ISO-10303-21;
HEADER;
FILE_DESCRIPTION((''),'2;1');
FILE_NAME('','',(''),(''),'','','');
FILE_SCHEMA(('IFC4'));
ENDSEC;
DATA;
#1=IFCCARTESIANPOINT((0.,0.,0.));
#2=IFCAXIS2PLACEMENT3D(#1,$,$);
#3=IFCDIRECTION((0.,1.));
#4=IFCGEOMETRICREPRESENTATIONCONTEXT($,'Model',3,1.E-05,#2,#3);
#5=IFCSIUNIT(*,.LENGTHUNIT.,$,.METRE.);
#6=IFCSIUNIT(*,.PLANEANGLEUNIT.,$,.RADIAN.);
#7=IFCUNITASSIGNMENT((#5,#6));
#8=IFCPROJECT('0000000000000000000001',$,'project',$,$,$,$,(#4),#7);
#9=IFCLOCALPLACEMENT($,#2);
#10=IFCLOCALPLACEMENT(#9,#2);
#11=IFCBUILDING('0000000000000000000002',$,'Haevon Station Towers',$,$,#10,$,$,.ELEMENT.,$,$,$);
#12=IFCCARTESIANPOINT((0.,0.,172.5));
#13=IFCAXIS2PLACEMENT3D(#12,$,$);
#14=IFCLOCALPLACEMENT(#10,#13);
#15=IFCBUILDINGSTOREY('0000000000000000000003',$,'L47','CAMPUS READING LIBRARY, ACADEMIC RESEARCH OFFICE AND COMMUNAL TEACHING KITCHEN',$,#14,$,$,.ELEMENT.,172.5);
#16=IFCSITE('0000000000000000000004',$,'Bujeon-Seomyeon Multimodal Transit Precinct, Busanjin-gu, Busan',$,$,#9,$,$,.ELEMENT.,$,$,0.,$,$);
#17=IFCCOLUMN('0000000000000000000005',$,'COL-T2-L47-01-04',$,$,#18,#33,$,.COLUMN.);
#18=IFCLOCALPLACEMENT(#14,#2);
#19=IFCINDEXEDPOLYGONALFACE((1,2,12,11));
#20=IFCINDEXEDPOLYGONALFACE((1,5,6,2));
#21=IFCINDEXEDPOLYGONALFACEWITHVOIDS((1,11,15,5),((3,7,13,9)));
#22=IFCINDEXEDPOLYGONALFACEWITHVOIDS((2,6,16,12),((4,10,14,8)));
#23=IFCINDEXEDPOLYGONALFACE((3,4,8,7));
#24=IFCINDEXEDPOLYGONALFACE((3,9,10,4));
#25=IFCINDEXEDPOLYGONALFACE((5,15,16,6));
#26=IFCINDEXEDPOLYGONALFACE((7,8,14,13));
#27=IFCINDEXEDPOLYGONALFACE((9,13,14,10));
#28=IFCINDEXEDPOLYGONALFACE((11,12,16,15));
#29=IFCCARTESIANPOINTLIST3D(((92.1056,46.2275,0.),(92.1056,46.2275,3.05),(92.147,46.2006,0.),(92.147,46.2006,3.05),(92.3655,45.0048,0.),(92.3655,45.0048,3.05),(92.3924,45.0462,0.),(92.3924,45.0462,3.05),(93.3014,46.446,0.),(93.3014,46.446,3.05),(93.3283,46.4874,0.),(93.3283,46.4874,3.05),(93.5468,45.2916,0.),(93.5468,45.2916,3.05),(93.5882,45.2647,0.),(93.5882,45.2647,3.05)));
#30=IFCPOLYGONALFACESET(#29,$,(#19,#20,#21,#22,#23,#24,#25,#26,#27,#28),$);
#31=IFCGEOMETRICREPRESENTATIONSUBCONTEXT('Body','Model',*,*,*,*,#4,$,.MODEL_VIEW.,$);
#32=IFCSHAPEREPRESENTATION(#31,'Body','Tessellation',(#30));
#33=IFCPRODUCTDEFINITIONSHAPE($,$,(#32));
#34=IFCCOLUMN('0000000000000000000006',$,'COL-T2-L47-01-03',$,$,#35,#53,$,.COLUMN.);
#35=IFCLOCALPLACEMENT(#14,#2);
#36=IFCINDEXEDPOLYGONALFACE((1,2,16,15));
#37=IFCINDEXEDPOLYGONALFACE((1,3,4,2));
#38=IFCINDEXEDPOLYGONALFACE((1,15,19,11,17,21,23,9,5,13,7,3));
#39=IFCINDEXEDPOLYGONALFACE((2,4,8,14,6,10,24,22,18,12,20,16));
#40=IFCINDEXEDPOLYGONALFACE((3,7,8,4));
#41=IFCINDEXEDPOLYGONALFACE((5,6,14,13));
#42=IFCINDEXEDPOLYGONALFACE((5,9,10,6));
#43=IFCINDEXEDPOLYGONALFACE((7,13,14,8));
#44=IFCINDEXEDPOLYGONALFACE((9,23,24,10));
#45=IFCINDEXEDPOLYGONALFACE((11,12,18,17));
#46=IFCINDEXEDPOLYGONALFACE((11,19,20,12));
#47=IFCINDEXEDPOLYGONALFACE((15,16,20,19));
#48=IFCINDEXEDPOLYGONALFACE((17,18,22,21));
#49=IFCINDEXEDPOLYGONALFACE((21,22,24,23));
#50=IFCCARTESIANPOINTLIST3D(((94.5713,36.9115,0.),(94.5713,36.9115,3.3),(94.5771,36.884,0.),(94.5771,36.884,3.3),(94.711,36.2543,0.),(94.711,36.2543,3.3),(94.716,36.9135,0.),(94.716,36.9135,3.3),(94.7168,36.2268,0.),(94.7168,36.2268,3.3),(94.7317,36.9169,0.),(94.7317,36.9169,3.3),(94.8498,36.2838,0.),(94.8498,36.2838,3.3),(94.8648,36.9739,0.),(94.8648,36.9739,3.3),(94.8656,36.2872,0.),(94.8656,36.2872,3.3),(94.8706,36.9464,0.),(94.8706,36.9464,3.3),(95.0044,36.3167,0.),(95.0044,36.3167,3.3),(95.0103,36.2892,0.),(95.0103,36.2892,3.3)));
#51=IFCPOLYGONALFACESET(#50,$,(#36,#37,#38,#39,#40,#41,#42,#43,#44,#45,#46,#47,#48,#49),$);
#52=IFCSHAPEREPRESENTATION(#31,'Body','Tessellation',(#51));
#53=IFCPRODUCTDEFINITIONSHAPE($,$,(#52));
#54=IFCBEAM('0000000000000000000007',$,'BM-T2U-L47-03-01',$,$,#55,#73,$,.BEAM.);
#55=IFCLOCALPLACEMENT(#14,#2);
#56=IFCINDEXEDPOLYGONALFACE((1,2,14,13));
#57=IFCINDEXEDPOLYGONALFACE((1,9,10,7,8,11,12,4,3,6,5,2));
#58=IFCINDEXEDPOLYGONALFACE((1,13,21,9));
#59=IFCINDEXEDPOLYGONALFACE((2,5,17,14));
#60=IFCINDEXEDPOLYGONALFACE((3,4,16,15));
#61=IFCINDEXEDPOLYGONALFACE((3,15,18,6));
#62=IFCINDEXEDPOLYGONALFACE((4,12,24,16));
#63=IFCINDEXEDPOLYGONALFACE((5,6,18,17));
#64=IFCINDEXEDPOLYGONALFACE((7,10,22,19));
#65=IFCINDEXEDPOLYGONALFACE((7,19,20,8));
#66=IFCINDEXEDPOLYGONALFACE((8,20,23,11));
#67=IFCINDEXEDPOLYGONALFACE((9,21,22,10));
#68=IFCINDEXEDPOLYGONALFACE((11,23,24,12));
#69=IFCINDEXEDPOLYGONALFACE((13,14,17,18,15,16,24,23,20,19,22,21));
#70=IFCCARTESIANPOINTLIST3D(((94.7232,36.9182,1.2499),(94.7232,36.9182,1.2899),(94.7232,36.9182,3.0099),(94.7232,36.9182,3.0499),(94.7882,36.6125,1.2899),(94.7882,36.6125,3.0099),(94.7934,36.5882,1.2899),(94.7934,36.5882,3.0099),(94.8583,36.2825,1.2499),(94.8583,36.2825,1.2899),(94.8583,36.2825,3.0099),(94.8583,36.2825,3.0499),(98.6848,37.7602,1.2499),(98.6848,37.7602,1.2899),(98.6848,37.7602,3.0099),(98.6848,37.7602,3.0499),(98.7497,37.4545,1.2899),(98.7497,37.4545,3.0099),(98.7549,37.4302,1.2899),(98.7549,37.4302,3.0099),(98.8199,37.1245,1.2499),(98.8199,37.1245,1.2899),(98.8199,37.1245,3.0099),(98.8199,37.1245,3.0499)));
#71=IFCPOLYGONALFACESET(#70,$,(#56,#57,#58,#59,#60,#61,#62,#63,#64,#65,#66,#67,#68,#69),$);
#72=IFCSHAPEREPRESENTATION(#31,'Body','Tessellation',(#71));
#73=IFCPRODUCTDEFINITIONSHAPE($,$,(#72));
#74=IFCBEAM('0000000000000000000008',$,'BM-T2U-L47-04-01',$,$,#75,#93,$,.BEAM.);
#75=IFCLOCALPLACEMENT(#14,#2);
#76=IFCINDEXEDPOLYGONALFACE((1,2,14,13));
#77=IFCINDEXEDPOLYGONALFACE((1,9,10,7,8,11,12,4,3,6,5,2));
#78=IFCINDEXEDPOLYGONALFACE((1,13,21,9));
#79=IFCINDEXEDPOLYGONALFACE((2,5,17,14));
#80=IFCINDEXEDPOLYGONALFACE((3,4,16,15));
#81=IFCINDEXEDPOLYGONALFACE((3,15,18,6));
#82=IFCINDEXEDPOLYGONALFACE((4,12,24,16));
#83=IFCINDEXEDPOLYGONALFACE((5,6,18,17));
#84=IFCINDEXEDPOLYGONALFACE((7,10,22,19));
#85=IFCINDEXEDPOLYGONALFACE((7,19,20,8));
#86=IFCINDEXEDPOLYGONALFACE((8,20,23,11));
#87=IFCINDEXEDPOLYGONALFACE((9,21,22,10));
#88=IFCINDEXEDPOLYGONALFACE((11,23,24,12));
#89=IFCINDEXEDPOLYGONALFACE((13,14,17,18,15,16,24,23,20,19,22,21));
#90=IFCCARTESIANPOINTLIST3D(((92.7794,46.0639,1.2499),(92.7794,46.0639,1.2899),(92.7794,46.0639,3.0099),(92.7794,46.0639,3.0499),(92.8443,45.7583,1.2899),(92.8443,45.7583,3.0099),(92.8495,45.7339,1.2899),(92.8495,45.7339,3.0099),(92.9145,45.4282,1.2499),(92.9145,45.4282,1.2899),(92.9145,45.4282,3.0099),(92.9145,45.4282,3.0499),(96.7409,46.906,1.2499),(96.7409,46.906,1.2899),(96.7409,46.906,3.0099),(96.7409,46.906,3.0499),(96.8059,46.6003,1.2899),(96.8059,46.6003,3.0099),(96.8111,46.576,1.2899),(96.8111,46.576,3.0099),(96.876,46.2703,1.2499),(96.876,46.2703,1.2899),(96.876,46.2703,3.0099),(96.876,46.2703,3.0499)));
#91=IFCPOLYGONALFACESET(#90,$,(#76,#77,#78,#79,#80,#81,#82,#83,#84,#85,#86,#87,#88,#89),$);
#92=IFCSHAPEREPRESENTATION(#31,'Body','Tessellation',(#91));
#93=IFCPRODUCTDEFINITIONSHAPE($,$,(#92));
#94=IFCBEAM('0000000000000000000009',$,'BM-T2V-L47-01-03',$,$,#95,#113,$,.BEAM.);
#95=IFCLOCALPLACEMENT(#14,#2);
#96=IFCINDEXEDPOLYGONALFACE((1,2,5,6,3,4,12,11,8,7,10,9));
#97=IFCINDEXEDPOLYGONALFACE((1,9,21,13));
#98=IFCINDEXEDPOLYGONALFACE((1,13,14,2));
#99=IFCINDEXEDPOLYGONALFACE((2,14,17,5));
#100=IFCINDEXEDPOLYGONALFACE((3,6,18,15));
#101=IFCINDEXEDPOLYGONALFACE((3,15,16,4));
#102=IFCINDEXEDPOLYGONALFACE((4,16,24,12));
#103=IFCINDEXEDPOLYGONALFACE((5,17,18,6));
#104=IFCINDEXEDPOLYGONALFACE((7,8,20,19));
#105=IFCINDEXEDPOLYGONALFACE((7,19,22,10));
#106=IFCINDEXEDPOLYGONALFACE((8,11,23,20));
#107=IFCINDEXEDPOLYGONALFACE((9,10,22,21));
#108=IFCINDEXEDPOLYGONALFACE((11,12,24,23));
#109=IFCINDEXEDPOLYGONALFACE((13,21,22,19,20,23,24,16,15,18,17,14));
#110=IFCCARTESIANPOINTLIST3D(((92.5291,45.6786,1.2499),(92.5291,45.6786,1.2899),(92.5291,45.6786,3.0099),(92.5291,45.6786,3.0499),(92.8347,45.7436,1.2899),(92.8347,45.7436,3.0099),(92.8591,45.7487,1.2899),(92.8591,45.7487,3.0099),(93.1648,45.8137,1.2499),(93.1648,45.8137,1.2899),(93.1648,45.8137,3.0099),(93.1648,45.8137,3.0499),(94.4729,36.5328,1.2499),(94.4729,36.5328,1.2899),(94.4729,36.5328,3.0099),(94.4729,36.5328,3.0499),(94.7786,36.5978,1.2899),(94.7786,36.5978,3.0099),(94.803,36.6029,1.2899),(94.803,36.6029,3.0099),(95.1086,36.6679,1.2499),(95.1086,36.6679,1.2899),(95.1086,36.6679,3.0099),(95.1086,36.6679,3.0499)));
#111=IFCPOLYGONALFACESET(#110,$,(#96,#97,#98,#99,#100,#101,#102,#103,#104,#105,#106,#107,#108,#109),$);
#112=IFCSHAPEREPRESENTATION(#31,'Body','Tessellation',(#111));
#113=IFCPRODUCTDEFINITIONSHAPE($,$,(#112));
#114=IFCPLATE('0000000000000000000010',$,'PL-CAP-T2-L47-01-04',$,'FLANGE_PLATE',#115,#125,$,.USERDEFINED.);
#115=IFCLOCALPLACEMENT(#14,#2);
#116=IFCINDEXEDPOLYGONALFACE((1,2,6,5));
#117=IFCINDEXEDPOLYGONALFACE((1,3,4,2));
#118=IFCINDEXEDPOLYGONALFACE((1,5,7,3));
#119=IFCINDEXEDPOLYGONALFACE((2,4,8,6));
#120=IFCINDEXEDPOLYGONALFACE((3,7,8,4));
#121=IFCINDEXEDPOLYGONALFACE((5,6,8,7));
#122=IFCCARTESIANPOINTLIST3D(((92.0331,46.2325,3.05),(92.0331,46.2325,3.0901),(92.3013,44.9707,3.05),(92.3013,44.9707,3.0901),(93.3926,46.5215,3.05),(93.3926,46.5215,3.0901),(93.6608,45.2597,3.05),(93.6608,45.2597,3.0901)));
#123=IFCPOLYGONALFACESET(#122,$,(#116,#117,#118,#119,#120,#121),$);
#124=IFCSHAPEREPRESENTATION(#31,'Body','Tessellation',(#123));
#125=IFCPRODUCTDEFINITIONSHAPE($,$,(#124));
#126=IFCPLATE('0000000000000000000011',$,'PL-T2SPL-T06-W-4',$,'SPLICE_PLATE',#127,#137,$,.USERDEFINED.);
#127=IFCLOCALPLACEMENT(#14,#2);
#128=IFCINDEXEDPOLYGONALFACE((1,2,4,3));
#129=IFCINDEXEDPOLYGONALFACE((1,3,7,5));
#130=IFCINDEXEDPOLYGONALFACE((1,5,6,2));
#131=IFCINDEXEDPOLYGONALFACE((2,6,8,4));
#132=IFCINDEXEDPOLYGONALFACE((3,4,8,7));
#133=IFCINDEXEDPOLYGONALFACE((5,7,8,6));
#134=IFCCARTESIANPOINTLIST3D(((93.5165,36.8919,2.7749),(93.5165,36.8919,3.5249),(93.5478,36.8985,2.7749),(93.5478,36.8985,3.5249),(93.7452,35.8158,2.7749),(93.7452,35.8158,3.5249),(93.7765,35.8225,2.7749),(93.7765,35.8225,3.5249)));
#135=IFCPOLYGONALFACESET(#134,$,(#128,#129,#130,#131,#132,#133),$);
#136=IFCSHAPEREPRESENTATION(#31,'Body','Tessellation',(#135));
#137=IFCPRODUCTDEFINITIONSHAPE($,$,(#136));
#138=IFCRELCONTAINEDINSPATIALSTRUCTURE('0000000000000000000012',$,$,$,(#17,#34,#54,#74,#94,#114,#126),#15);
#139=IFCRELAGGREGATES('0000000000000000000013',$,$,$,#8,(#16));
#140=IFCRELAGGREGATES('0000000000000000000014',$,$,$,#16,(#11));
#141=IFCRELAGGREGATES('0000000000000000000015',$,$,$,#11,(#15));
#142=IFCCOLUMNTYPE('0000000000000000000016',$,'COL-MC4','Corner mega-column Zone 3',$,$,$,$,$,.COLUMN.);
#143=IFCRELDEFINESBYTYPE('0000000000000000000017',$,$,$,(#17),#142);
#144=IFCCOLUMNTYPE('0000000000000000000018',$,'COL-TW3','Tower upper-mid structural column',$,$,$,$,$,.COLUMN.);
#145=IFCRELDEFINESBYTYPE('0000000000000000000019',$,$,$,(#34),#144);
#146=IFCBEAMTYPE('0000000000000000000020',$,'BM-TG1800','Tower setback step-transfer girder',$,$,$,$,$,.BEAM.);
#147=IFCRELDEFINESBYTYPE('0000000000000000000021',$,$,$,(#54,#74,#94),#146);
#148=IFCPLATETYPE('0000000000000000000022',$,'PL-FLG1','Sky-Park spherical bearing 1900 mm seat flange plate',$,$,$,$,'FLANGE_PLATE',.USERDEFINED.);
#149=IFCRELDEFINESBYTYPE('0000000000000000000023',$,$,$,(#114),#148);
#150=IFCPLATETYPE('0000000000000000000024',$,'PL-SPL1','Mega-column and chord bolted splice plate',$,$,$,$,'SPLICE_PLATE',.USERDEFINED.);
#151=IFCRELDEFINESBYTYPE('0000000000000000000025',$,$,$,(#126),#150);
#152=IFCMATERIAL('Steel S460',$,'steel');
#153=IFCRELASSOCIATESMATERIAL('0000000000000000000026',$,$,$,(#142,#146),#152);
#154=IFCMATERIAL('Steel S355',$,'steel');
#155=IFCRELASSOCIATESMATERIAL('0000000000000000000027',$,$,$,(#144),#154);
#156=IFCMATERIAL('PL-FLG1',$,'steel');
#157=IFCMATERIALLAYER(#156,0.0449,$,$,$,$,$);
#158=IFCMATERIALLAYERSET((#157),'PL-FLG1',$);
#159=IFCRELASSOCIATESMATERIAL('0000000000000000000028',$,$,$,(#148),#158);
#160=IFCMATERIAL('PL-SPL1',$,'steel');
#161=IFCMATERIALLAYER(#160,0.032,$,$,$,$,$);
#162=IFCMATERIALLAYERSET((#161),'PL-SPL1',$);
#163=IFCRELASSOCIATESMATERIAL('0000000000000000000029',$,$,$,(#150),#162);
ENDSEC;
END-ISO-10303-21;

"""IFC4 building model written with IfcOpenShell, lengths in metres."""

from ifc_helpers import new_model, si_unit, direction, frame, origin, origin_2d, place, context, subcontext, project, spatial, rectangle, hollow_rectangle, i_section, extrude, material, layer, layer_set, material_profile, profile_set, type_object, element, save


model = new_model("IFC4")

# Units and contexts
model_context = context("Model", 3, precision=1e-05, world=origin(), true_north=direction((0.0, 1.0)))
body_context = subcontext(model_context, "Body", "Model", "MODEL_VIEW")
ifc_project = project(units=[si_unit("LENGTHUNIT", "METRE"), si_unit("PLANEANGLEUNIT", "RADIAN")], contexts=[model_context])

# Site, building, storey
site_placement = place(None, origin())
site = spatial("IfcSite", under=ifc_project, at=site_placement, Name="Bujeon-Seomyeon Multimodal Transit Precinct, Busanjin-gu, Busan", CompositionType="ELEMENT", RefElevation=0.0)
building_placement = place(site_placement, origin())
building = spatial("IfcBuilding", under=site, at=building_placement, Name="Haevon Station Towers", CompositionType="ELEMENT")
storey_placement = place(building_placement, frame((0.0, 0.0, 172.5)))
storey = spatial("IfcBuildingStorey", under=building, at=storey_placement, Name="L47", Description="CAMPUS READING LIBRARY, ACADEMIC RESEARCH OFFICE AND COMMUNAL TEACHING KITCHEN", CompositionType="ELEMENT", Elevation=172.5)

# Columns
ifc_material_1 = material(Name="Steel S460", Category="steel")
ifc_material_profile_1 = material_profile(ifc_material_1, hollow_rectangle(XDim=1.25, YDim=1.25, WallThickness=0.0349, at=origin_2d()), Name="BOX-1250x1250x35")
ifc_profile_set_1 = profile_set([ifc_material_profile_1], Name="Steel S460")
column_type_1 = type_object("IfcColumnType", Name="COL-MC4", Description="Corner mega-column Zone 3", PredefinedType="COLUMN", material=ifc_profile_set_1)
column_1_placement = place(storey_placement, frame((92.8469, 45.7461, 0.0), z_axis=(0.0, 0.0, 1.0), x_axis=(0.978148, 0.207912, 0.0)))
element("IfcColumn", 1, at=column_1_placement, inside=storey, type_object=column_type_1, Name="COL-T2-L47-01-04", PredefinedType="COLUMN", context=body_context, shape_type="SweptSolid", body=[
    extrude(hollow_rectangle(XDim=1.25, YDim=1.25, WallThickness=0.0349, at=origin_2d()), origin(), (0.0, 0.0, 1.0), 3.05),
])
ifc_material_2 = material(Name="Steel S355", Category="steel")
ifc_material_profile_2 = material_profile(ifc_material_2, i_section(OverallWidth=0.3, OverallDepth=0.7, WebThickness=0.0161, FlangeThickness=0.0281, at=origin_2d()), Name="H-700x300x16x28")
ifc_profile_set_2 = profile_set([ifc_material_profile_2], Name="Steel S355")
column_type_2 = type_object("IfcColumnType", Name="COL-TW3", Description="Tower upper-mid structural column", PredefinedType="COLUMN", material=ifc_profile_set_2)
column_2_placement = place(storey_placement, frame((94.7908, 36.6003, 0.0), z_axis=(0.0, 0.0, 1.0), x_axis=(0.978148, 0.207912, 0.0)))
element("IfcColumn", 2, at=column_2_placement, inside=storey, type_object=column_type_2, Name="COL-T2-L47-01-03", PredefinedType="COLUMN", context=body_context, shape_type="SweptSolid", body=[
    extrude(i_section(OverallWidth=0.3, OverallDepth=0.7, WebThickness=0.0161, FlangeThickness=0.0281, at=origin_2d()), origin(), (0.0, 0.0, 1.0), 3.3),
])

# Beams
ifc_material_profile_3 = material_profile(ifc_material_1, i_section(OverallWidth=0.6499, OverallDepth=1.8, WebThickness=0.0249, FlangeThickness=0.04, at=origin_2d()), Name="H-1800x650x25x40")
ifc_profile_set_3 = profile_set([ifc_material_profile_3], Name="Steel S460")
beam_type = type_object("IfcBeamType", Name="BM-TG1800", Description="Tower setback step-transfer girder", PredefinedType="BEAM", material=ifc_profile_set_3)
for number, where, z_axis, x_axis, name in (
    (3, (94.7908, 36.6003, 2.1499), (0.97815, 0.207903, 0.0), (-0.207903, 0.97815, 0.0), "BM-T2U-L47-03-01"),
    (4, (92.8469, 45.7461, 2.1499), (0.978147, 0.207915, 0.0), (-0.207915, 0.978147, 0.0), "BM-T2U-L47-04-01"),
):
    element("IfcBeam", number, at=place(storey_placement, frame(where, z_axis=z_axis, x_axis=x_axis)), inside=storey, type_object=beam_type, Name=name, PredefinedType="BEAM", context=body_context, shape_type="SweptSolid", body=[
        extrude(i_section(OverallWidth=0.6499, OverallDepth=1.8, WebThickness=0.0249, FlangeThickness=0.04, at=origin_2d()), origin(), (0.0, 0.0, 1.0), 4.05),
    ])
beam_placement = place(storey_placement, frame((94.7908, 36.6003, 2.1499), z_axis=(-0.207897, 0.978151, 0.0), x_axis=(-0.978151, -0.207897, 0.0)))
element("IfcBeam", 5, at=beam_placement, inside=storey, type_object=beam_type, Name="BM-T2V-L47-01-03", PredefinedType="BEAM", context=body_context, shape_type="SweptSolid", body=[
    extrude(i_section(OverallWidth=0.6499, OverallDepth=1.8, WebThickness=0.0249, FlangeThickness=0.04, at=origin_2d()), origin(), (0.0, 0.0, 1.0), 9.3501),
])

# Plates
ifc_material_3 = material(Name="PL-FLG1", Category="steel")
ifc_layer_1 = layer(ifc_material_3, 0.0449)
ifc_layer_set_1 = layer_set([ifc_layer_1], Name="PL-FLG1")
plate_type_1 = type_object("IfcPlateType", Name="PL-FLG1", Description="Sky-Park spherical bearing 1900 mm seat flange plate", ElementType="FLANGE_PLATE", PredefinedType="USERDEFINED", material=ifc_layer_set_1)
plate_1_placement = place(storey_placement, frame((92.8469, 45.7461, 3.05), z_axis=(0.0, 0.0, 1.0), x_axis=(0.978148, 0.207912, 0.0)))
element("IfcPlate", 6, at=plate_1_placement, inside=storey, type_object=plate_type_1, Name="PL-CAP-T2-L47-01-04", ObjectType="FLANGE_PLATE", PredefinedType="USERDEFINED", context=body_context, shape_type="SweptSolid", body=[
    extrude(rectangle(XDim=1.3899, YDim=1.29, at=origin_2d()), origin(), (0.0, 0.0, 1.0), 0.04),
])
ifc_material_4 = material(Name="PL-SPL1", Category="steel")
ifc_layer_2 = layer(ifc_material_4, 0.032)
ifc_layer_set_2 = layer_set([ifc_layer_2], Name="PL-SPL1")
plate_type_2 = type_object("IfcPlateType", Name="PL-SPL1", Description="Mega-column and chord bolted splice plate", ElementType="SPLICE_PLATE", PredefinedType="USERDEFINED", material=ifc_layer_set_2)
plate_2_placement = place(storey_placement, frame((93.6465, 36.3572, 2.7749), z_axis=(0.0, 0.0, 1.0), x_axis=(-0.207912, 0.978148, 0.0)))
element("IfcPlate", 7, at=plate_2_placement, inside=storey, type_object=plate_type_2, Name="PL-T2SPL-T06-W-4", ObjectType="SPLICE_PLATE", PredefinedType="USERDEFINED", context=body_context, shape_type="SweptSolid", body=[
    extrude(rectangle(XDim=1.1001, YDim=0.032, at=origin_2d()), origin(), (0.0, 0.0, 1.0), 0.75),
])

save(model, "model.ifc")
